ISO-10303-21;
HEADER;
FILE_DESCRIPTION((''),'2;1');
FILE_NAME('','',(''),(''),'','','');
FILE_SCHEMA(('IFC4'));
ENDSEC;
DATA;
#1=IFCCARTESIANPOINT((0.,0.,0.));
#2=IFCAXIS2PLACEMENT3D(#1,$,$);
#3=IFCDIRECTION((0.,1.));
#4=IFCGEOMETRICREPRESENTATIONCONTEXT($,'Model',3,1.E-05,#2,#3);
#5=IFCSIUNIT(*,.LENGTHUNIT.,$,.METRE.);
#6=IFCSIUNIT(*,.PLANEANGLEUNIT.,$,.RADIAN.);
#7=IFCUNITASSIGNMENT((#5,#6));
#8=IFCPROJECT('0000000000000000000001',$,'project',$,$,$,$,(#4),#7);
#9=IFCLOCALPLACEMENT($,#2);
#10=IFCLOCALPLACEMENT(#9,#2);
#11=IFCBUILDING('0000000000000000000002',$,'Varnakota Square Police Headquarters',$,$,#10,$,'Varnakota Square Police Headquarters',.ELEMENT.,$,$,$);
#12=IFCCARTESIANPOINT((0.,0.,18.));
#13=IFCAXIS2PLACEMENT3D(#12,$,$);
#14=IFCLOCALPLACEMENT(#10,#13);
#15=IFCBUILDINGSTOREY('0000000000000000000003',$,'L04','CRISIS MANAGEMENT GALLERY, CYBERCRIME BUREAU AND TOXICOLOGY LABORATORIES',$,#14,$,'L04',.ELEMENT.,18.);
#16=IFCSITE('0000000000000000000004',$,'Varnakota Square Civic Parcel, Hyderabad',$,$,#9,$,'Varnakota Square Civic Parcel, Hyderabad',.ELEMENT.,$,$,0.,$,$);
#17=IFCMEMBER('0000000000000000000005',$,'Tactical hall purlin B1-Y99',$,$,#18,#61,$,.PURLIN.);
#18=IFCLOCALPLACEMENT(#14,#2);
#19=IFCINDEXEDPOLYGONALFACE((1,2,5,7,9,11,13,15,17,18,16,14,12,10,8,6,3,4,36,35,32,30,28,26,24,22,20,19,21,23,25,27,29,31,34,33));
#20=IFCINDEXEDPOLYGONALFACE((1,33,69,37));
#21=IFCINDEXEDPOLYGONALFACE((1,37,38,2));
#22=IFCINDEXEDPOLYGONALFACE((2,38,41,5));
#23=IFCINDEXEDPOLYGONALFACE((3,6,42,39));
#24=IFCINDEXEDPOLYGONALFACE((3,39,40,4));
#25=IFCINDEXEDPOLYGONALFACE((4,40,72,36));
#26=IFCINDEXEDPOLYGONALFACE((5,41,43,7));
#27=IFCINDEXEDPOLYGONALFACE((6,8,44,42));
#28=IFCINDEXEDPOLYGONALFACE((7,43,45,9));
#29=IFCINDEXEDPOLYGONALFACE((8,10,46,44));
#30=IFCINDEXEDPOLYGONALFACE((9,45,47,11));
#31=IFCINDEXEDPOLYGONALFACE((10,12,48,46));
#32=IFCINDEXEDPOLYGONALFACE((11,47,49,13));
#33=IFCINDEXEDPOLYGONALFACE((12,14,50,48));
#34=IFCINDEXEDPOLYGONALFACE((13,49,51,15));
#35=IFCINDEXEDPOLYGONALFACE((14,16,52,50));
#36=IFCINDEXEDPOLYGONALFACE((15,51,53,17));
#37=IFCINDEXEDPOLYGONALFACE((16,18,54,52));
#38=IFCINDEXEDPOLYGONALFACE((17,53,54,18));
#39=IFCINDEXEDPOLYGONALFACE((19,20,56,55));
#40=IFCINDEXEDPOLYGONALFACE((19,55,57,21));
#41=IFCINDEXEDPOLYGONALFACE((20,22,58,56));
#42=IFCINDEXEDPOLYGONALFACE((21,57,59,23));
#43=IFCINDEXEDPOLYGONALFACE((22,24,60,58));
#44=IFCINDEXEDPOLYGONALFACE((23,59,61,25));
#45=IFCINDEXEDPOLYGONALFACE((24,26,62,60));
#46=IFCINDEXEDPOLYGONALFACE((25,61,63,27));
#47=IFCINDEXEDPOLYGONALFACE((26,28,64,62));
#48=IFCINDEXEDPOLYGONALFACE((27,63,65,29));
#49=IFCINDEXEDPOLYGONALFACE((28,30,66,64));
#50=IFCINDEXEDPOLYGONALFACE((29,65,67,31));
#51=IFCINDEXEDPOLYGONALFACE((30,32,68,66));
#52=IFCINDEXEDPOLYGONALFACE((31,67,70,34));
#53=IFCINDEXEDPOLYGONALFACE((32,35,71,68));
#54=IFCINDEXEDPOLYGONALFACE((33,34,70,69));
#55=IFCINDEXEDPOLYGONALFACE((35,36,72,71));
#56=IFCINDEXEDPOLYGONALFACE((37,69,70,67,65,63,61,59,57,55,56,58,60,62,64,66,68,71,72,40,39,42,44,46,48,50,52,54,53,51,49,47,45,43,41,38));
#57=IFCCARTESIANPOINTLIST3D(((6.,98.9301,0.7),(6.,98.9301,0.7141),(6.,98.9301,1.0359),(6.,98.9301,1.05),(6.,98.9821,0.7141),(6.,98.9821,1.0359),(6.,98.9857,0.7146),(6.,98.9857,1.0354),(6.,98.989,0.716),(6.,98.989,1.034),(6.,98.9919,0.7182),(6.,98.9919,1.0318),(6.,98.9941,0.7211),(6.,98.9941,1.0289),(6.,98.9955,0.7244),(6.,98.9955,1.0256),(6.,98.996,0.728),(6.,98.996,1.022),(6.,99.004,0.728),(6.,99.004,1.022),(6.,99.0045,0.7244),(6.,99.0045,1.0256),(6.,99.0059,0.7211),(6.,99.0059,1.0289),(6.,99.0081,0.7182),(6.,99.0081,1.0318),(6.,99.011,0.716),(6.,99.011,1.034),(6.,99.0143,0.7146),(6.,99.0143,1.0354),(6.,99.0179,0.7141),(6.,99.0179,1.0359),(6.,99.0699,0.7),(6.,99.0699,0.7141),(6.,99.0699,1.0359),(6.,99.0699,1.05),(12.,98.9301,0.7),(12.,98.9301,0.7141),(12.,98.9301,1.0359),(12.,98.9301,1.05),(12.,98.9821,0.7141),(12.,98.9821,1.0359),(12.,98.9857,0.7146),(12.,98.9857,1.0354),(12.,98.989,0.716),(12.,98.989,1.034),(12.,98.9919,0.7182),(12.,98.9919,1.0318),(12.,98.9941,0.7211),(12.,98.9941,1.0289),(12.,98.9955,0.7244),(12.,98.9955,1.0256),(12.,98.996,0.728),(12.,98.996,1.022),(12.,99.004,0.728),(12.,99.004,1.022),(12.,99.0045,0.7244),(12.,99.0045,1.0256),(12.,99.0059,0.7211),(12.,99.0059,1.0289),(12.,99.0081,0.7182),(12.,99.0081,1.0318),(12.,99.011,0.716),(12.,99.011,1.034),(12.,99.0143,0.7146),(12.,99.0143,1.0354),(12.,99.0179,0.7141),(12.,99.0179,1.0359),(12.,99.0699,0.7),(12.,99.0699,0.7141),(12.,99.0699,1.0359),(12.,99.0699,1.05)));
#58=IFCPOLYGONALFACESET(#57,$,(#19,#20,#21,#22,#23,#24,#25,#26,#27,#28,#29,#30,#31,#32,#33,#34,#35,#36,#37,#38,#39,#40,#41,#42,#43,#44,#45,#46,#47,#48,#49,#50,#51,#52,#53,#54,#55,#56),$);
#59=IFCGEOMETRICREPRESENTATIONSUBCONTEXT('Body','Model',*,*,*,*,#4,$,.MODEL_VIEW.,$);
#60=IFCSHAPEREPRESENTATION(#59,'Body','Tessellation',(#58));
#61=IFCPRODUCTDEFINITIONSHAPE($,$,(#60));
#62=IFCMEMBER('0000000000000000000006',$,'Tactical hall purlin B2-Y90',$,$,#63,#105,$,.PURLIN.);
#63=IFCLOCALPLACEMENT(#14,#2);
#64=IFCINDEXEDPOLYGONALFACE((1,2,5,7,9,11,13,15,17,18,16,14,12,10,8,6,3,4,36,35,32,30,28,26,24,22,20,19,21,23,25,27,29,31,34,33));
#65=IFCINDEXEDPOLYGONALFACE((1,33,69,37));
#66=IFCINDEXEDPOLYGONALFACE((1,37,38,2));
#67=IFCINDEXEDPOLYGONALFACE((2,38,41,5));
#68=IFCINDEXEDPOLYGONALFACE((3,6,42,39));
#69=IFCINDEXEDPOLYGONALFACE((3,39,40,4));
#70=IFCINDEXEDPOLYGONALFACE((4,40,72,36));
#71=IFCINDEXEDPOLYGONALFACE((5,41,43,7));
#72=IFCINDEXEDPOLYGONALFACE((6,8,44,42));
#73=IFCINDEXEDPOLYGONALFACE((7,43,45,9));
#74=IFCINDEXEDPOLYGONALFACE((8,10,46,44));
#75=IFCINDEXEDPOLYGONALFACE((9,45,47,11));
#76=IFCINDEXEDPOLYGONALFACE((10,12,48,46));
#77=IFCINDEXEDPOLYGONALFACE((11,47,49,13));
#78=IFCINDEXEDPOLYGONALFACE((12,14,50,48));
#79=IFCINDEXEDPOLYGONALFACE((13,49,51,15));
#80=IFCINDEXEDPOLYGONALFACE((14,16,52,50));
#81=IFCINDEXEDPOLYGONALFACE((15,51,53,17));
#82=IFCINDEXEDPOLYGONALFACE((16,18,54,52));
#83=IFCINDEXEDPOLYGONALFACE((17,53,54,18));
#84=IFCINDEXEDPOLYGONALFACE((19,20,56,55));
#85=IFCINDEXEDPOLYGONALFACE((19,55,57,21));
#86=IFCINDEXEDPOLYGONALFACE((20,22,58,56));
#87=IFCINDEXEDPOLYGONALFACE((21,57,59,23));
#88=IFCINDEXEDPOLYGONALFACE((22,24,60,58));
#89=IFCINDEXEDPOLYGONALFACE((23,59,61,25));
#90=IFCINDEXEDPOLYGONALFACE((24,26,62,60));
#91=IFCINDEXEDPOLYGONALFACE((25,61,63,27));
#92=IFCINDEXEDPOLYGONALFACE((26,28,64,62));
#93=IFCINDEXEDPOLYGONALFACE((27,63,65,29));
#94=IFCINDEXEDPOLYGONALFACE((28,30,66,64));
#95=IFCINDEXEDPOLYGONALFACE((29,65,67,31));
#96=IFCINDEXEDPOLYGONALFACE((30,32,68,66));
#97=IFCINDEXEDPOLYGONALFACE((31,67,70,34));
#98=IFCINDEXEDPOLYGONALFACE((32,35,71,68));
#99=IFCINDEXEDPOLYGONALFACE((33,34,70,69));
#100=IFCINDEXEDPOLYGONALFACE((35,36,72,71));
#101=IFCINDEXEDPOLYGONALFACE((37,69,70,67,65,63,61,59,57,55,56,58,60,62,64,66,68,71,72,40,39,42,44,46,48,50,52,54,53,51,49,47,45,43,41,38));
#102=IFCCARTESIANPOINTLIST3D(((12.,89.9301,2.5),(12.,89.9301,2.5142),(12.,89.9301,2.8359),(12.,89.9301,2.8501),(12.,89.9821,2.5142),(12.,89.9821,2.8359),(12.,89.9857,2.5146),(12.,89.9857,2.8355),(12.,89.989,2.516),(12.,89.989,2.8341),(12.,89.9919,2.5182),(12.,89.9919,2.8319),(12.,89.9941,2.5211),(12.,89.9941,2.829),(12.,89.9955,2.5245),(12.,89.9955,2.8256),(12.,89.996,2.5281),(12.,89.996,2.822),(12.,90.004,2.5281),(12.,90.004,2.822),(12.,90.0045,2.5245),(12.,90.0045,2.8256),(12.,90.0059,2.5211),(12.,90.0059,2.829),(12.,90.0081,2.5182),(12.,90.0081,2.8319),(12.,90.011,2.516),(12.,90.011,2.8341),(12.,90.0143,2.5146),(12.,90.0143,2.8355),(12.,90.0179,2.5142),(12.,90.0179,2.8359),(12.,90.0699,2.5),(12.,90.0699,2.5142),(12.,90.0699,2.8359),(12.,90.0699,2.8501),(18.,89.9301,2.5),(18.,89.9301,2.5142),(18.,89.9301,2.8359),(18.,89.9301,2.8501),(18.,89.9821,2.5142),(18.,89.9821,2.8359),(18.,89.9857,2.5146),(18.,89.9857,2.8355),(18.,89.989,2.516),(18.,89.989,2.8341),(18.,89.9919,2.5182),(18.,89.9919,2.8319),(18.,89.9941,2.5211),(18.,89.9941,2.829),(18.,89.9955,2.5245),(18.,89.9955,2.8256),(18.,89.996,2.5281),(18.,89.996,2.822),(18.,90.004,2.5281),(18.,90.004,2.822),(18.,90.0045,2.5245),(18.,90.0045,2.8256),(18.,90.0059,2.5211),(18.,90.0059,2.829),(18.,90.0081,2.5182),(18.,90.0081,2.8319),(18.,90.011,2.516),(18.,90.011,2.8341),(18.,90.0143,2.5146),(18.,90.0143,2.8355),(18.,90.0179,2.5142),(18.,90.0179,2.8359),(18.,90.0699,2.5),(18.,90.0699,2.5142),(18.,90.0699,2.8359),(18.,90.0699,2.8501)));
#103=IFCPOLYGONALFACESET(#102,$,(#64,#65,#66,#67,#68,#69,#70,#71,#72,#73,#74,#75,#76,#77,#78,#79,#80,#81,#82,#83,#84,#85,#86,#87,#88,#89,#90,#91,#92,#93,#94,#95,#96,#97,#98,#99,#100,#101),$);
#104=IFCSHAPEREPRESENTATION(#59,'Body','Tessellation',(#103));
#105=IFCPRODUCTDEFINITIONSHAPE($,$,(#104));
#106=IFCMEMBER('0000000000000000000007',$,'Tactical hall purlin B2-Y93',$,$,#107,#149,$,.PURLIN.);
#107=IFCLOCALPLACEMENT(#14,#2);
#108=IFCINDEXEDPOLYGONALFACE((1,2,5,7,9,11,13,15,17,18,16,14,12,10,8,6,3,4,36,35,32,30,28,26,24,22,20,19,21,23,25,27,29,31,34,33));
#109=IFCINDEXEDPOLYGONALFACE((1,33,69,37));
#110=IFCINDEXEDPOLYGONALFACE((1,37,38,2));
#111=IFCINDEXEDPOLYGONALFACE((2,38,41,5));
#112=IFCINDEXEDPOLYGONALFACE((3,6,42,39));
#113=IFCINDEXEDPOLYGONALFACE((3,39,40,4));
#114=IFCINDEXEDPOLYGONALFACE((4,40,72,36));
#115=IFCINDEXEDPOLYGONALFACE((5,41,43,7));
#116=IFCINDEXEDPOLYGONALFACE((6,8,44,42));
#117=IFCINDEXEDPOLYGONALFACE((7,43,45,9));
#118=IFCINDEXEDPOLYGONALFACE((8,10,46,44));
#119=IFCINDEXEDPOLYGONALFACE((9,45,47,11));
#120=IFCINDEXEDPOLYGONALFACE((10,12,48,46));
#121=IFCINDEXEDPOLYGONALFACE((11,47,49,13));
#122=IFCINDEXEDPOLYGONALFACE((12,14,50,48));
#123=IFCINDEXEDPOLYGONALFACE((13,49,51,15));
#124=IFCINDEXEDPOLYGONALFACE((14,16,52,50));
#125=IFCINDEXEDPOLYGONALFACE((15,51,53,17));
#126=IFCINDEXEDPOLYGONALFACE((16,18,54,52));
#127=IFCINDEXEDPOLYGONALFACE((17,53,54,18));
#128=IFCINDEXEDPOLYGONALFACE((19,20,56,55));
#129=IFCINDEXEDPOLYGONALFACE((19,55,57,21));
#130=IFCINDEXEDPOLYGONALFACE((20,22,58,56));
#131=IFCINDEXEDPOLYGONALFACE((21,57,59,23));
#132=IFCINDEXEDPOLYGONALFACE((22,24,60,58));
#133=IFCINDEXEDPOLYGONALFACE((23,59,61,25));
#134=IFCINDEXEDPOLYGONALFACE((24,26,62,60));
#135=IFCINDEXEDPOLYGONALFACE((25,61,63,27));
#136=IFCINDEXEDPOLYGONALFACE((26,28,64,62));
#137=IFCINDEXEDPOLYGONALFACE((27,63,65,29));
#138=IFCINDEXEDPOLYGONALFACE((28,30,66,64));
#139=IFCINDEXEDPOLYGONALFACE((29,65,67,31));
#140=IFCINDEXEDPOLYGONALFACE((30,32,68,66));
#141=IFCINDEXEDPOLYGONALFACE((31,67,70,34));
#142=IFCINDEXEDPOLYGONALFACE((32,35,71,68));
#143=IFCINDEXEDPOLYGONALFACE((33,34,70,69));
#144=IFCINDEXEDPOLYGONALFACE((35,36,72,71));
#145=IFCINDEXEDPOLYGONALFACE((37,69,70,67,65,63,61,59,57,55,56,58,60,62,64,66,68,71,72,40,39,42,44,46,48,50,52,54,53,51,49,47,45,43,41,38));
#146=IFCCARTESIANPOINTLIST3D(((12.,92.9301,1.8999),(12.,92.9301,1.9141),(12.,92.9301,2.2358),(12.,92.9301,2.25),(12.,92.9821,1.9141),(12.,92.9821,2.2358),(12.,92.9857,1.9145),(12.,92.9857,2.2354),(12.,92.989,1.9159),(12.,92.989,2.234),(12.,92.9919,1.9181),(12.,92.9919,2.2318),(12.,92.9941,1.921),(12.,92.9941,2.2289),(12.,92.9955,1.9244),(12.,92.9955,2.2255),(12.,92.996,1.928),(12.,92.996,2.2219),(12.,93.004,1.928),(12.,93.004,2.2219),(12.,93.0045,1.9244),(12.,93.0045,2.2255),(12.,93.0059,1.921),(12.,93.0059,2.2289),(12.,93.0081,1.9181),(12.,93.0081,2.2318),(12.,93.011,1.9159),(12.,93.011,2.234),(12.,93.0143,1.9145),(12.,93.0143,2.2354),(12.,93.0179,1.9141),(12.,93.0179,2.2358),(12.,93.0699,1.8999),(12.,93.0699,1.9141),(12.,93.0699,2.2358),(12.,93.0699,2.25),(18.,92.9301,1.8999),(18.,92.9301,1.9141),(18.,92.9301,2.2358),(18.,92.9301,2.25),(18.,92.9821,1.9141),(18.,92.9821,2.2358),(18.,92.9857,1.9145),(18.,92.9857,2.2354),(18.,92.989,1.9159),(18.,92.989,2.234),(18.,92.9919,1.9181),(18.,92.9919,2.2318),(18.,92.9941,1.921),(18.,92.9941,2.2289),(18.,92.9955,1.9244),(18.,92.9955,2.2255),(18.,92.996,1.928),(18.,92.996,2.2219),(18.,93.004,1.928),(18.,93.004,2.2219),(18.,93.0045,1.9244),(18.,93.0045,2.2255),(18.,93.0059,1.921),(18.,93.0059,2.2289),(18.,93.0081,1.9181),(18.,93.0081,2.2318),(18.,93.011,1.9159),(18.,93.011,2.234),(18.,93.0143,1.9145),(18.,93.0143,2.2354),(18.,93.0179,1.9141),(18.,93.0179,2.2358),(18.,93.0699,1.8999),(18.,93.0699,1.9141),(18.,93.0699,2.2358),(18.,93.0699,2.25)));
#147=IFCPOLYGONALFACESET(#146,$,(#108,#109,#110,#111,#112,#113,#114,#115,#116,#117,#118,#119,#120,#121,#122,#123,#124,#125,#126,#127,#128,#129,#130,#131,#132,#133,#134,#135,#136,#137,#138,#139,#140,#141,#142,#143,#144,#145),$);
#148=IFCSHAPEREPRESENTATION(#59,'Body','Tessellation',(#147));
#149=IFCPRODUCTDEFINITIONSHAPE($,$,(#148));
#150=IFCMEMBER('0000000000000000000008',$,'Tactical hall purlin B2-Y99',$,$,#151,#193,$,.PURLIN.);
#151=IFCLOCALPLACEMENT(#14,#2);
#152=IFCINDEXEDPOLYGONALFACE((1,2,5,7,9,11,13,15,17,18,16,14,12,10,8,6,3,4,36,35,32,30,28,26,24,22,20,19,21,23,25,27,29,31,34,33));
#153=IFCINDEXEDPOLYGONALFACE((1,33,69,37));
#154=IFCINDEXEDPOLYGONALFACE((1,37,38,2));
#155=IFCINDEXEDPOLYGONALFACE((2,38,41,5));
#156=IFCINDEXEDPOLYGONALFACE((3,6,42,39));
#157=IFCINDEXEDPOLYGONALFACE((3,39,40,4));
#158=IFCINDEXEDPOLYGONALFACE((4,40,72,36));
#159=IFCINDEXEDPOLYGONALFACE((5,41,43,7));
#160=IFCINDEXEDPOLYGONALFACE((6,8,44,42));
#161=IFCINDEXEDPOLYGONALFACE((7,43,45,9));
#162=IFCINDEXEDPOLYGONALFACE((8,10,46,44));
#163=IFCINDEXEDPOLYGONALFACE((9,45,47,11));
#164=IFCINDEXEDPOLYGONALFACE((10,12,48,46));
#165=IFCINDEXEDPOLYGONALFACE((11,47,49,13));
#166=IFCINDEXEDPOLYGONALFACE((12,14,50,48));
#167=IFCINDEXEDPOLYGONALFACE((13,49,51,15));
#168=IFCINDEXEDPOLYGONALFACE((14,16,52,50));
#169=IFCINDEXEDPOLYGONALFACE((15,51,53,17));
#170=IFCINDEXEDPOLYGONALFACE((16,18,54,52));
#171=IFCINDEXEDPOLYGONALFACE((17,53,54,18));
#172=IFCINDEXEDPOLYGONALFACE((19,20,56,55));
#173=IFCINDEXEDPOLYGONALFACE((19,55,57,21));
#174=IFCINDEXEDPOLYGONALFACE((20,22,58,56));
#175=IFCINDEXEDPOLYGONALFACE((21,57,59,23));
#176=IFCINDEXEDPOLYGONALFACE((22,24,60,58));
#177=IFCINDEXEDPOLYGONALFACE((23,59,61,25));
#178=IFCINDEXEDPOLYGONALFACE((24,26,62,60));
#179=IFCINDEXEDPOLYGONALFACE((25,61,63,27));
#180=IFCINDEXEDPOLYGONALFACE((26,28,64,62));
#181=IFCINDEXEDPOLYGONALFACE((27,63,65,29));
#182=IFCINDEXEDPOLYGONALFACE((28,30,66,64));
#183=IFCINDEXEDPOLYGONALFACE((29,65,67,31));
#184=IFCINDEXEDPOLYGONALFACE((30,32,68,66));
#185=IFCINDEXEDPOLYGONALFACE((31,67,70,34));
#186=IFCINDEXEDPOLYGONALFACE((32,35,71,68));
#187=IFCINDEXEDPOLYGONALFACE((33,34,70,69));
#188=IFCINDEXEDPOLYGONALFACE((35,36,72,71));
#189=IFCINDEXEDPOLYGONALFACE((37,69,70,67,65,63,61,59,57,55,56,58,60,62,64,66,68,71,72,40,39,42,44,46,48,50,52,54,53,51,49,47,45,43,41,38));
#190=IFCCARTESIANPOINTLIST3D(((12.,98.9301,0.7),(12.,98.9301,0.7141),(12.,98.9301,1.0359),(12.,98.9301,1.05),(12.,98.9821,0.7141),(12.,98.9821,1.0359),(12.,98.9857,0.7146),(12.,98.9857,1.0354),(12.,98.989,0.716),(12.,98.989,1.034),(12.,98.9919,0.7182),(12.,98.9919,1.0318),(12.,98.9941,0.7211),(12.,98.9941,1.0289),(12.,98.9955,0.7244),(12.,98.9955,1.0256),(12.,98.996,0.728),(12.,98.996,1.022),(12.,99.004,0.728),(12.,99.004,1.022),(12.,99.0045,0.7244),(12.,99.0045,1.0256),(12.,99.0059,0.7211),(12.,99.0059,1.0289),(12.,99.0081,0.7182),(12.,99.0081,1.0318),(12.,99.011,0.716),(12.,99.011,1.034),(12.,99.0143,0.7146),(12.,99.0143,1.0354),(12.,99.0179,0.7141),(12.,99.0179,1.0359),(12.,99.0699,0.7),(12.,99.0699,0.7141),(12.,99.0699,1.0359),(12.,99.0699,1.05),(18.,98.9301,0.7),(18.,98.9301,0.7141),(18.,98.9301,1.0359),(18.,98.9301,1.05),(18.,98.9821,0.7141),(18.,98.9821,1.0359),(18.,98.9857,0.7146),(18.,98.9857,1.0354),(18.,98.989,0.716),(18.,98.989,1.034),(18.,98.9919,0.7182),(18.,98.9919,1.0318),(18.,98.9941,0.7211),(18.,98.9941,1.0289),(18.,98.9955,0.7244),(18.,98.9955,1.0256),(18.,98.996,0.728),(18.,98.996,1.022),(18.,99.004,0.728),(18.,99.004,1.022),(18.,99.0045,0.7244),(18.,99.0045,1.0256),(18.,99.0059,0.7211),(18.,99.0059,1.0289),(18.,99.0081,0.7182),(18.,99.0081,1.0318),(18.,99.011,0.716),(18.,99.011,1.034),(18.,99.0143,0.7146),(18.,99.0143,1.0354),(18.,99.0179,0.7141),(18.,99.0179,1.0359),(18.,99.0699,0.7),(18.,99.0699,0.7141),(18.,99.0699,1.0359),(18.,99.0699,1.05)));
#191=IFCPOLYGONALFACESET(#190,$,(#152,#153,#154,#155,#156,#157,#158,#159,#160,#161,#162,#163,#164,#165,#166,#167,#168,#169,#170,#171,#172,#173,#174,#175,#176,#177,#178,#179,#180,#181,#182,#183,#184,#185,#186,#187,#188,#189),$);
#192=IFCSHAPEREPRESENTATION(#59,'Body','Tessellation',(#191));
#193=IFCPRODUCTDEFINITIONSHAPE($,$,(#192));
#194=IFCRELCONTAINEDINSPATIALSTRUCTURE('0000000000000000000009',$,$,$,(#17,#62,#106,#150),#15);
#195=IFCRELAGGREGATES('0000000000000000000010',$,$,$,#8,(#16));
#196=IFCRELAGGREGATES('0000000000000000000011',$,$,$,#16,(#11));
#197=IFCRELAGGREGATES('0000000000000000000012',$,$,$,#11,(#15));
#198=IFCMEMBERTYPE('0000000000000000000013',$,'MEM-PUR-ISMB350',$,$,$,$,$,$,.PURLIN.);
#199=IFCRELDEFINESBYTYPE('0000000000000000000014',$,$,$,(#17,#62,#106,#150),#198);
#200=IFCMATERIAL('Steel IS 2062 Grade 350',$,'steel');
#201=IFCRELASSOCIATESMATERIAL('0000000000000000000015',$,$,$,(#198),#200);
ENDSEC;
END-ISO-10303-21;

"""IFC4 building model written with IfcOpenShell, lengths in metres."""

from ifc_helpers import new_model, si_unit, direction, frame, origin, origin_2d, place, context, subcontext, project, spatial, i_section, extrude, material, material_profile, profile_set, type_object, element, save


model = new_model("IFC4")

# Units and contexts
model_context = context("Model", 3, precision=1e-05, world=origin(), true_north=direction((0.0, 1.0)))
body_context = subcontext(model_context, "Body", "Model", "MODEL_VIEW")
ifc_project = project(units=[si_unit("LENGTHUNIT", "METRE"), si_unit("PLANEANGLEUNIT", "RADIAN")], contexts=[model_context])

# Site, building, storey
site_placement = place(None, origin())
site = spatial("IfcSite", under=ifc_project, at=site_placement, Name="Varnakota Square Civic Parcel, Hyderabad", LongName="Varnakota Square Civic Parcel, Hyderabad", CompositionType="ELEMENT", RefElevation=0.0)
building_placement = place(site_placement, origin())
building = spatial("IfcBuilding", under=site, at=building_placement, Name="Varnakota Square Police Headquarters", LongName="Varnakota Square Police Headquarters", CompositionType="ELEMENT")
storey_placement = place(building_placement, frame((0.0, 0.0, 18.0)))
storey = spatial("IfcBuildingStorey", under=building, at=storey_placement, Name="L04", Description="CRISIS MANAGEMENT GALLERY, CYBERCRIME BUREAU AND TOXICOLOGY LABORATORIES", LongName="L04", CompositionType="ELEMENT", Elevation=18.0)

# Shared definitions
ifc_material_1 = material(Name="Steel IS 2062 Grade 350", Category="steel")

# Members
ifc_material_profile_1 = material_profile(ifc_material_1, i_section(OverallWidth=0.1399, OverallDepth=0.3501, WebThickness=0.0081, FlangeThickness=0.0142, FilletRadius=0.0139, at=origin_2d()), Name="ISMB 350")
ifc_profile_set_1 = profile_set([ifc_material_profile_1], Name="Steel IS 2062 Grade 350")
member_type_1 = type_object("IfcMemberType", Name="MEM-PUR-ISMB350", PredefinedType="PURLIN", material=ifc_profile_set_1)
for number, where, z_axis, x_axis, name in (
    (1, (6.0, 99.0, 0.875), (1.0, 0.0, 0.0), (0.0, 1.0, 0.0), "Tactical hall purlin B1-Y99"),
    (2, (12.0, 90.0, 2.675), (1.0, 0.0, 0.0), (0.0, 1.0, 0.0), "Tactical hall purlin B2-Y90"),
    (3, (12.0, 93.0, 2.075), (1.0, 0.0, 0.0), (0.0, 1.0, 0.0), "Tactical hall purlin B2-Y93"),
    (4, (12.0, 99.0, 0.875), (1.0, 0.0, 0.0), (0.0, 1.0, 0.0), "Tactical hall purlin B2-Y99"),
):
    element("IfcMember", number, at=place(storey_placement, frame(where, z_axis=z_axis, x_axis=x_axis)), inside=storey, type_object=member_type_1, Name=name, PredefinedType="PURLIN", context=body_context, shape_type="SweptSolid", body=[
        extrude(i_section(OverallWidth=0.1399, OverallDepth=0.3501, WebThickness=0.0081, FlangeThickness=0.0142, FilletRadius=0.0139, at=origin_2d()), origin(), (0.0, 0.0, 1.0), 6.0),
    ])

save(model, "model.ifc")
